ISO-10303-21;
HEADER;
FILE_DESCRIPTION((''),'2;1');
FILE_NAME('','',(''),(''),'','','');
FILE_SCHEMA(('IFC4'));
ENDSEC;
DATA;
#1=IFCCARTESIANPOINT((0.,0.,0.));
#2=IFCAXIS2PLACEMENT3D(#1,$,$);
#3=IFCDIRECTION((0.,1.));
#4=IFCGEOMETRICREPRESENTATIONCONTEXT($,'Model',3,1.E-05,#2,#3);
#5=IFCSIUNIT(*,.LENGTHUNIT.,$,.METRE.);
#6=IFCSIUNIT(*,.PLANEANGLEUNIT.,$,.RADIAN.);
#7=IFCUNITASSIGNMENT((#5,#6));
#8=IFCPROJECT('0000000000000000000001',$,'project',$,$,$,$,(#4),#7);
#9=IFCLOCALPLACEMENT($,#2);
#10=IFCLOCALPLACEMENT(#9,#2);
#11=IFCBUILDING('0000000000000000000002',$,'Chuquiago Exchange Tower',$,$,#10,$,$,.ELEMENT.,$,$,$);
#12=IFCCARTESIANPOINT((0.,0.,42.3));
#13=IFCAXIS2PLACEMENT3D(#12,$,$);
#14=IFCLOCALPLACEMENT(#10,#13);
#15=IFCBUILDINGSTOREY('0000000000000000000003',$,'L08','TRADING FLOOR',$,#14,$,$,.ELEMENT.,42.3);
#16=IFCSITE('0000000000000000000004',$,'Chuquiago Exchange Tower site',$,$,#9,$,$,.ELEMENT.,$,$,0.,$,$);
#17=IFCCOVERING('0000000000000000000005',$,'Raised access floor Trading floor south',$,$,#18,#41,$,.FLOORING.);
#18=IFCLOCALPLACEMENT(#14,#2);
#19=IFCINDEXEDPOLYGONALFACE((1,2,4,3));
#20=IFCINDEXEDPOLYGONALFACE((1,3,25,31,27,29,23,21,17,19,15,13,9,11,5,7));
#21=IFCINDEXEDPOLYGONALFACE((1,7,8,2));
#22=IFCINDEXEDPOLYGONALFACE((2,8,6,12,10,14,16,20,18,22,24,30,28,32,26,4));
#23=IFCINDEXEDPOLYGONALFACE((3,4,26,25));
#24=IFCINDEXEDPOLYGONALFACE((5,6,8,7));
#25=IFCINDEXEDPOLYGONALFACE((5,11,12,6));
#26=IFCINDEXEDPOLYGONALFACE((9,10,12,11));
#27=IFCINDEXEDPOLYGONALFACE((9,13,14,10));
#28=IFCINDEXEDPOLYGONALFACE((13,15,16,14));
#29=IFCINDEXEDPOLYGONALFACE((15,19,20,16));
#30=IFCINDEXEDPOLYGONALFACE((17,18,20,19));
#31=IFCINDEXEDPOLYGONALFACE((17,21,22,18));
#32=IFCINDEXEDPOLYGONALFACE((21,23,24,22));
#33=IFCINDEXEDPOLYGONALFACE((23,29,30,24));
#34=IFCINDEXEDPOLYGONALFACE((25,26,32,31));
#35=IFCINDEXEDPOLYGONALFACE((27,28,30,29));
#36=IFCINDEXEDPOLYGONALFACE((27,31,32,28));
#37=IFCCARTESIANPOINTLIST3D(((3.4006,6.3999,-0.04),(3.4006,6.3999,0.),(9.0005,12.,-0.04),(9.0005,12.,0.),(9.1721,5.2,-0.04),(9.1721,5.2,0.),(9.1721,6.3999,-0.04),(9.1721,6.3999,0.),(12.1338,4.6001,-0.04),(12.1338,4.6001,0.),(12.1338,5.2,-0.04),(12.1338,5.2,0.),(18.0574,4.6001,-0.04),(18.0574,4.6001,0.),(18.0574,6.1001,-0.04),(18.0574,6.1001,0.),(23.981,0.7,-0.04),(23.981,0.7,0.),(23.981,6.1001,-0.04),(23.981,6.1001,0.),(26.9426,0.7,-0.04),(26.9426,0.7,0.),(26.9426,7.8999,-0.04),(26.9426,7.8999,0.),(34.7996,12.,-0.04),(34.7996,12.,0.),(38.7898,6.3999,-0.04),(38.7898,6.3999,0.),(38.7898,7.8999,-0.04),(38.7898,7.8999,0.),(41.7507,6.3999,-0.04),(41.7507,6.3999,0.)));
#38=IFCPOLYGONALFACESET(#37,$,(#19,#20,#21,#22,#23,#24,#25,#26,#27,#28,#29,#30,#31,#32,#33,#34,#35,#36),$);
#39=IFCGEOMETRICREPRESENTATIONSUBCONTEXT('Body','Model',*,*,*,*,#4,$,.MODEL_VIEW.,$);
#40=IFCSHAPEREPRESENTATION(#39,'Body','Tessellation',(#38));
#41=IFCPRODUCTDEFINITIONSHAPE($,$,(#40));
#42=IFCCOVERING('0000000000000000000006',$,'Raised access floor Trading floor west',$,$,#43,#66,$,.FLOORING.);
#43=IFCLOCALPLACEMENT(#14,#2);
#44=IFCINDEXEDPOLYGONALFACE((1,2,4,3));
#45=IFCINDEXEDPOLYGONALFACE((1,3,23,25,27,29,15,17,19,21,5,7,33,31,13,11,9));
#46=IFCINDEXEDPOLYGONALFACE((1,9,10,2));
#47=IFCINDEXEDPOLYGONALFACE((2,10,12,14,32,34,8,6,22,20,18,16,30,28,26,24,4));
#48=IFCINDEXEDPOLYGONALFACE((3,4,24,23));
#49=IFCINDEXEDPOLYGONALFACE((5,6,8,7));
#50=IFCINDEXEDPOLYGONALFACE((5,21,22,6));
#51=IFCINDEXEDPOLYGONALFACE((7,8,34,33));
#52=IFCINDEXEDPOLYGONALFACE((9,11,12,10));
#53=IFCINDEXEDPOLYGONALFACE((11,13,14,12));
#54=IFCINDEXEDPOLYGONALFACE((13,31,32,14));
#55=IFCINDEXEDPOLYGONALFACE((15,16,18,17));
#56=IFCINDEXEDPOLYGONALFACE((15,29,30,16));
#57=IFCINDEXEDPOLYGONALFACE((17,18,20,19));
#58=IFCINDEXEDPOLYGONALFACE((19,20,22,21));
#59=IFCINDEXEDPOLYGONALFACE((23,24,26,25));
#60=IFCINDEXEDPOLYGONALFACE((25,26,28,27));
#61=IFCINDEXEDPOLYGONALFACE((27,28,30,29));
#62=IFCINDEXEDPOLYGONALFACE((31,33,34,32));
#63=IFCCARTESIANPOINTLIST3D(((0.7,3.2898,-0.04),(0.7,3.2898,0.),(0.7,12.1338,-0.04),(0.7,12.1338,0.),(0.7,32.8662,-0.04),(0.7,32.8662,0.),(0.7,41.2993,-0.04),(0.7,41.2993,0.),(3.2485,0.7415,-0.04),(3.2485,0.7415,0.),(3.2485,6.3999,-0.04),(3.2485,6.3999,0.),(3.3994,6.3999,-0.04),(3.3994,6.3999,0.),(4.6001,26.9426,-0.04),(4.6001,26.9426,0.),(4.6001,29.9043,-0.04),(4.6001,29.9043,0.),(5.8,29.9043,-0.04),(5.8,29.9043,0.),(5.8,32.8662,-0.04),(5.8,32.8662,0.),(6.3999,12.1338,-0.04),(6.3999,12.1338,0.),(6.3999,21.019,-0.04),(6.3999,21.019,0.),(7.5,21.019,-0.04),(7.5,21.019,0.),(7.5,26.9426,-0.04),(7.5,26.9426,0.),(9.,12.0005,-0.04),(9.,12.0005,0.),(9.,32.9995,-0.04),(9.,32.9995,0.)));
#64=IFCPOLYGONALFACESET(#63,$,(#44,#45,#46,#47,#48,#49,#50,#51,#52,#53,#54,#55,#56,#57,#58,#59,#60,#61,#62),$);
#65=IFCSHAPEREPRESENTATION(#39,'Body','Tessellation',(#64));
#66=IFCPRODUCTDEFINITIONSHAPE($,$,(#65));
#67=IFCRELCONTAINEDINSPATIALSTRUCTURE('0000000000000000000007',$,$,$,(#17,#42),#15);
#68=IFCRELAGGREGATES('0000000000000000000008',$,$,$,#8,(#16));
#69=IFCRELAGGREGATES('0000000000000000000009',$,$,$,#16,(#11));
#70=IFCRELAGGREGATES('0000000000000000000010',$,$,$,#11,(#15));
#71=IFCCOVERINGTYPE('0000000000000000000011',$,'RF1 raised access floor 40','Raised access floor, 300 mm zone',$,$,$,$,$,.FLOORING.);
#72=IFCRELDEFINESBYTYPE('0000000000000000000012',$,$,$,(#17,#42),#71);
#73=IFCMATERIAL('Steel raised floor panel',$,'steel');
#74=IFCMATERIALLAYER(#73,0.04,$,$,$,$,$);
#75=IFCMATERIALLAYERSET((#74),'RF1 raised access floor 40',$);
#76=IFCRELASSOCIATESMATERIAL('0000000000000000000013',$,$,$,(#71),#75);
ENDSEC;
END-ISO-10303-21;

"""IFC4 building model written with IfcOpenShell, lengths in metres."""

from ifc_helpers import new_model, si_unit, direction, frame, origin, place, context, subcontext, project, spatial, polyline, outline, extrude, material, layer, layer_set, type_object, element, save


model = new_model("IFC4")

# Units and contexts
model_context = context("Model", 3, precision=1e-05, world=origin(), true_north=direction((0.0, 1.0)))
body_context = subcontext(model_context, "Body", "Model", "MODEL_VIEW")
ifc_project = project(units=[si_unit("LENGTHUNIT", "METRE"), si_unit("PLANEANGLEUNIT", "RADIAN")], contexts=[model_context])

# Site, building, storey
site_placement = place(None, origin())
site = spatial("IfcSite", under=ifc_project, at=site_placement, Name="Chuquiago Exchange Tower site", CompositionType="ELEMENT", RefElevation=0.0)
building_placement = place(site_placement, origin())
building = spatial("IfcBuilding", under=site, at=building_placement, Name="Chuquiago Exchange Tower", CompositionType="ELEMENT")
storey_placement = place(building_placement, frame((0.0, 0.0, 42.3)))
storey = spatial("IfcBuildingStorey", under=building, at=storey_placement, Name="L08", Description="TRADING FLOOR", CompositionType="ELEMENT", Elevation=42.3)

# Coverings
ifc_material_1 = material(Name="Steel raised floor panel", Category="steel")
ifc_layer_1 = layer(ifc_material_1, 0.04)
ifc_layer_set_1 = layer_set([ifc_layer_1], Name="RF1 raised access floor 40")
covering_type_1 = type_object("IfcCoveringType", Name="RF1 raised access floor 40", Description="Raised access floor, 300 mm zone", PredefinedType="FLOORING", material=ifc_layer_set_1)
covering_1_placement = place(storey_placement, frame((0.0, 0.0, -0.04)))
element("IfcCovering", 1, at=covering_1_placement, inside=storey, type_object=covering_type_1, Name="Raised access floor Trading floor south", PredefinedType="FLOORING", context=body_context, shape_type="SweptSolid", body=[
    extrude(outline(polyline([(38.7898, 6.3999), (38.7898, 7.8999), (26.9426, 7.8999), (26.9426, 0.7), (23.981, 0.7), (23.981, 6.1001), (18.0574, 6.1001), (18.0574, 4.6001), (12.1338, 4.6001), (12.1338, 5.2), (9.1721, 5.2), (9.1721, 6.3999), (3.4006, 6.3999), (9.0005, 12.0), (34.7996, 12.0), (41.7507, 6.3999), (38.7898, 6.3999)])), origin(), (0.0, 0.0, 1.0), 0.04),
])
covering_2_placement = place(storey_placement, frame((0.0, 0.0, -0.04)))
element("IfcCovering", 2, at=covering_2_placement, inside=storey, type_object=covering_type_1, Name="Raised access floor Trading floor west", PredefinedType="FLOORING", context=body_context, shape_type="SweptSolid", body=[
    extrude(outline(polyline([(6.3999, 12.1338), (6.3999, 21.019), (7.5, 21.019), (7.5, 26.9426), (4.6001, 26.9426), (4.6001, 29.9043), (5.8, 29.9043), (5.8, 32.8662), (0.7, 32.8662), (0.7, 41.2993), (9.0, 32.9995), (9.0, 12.0005), (3.3994, 6.3999), (3.2485, 6.3999), (3.2485, 0.7415), (0.7, 3.2898), (0.7, 12.1338), (6.3999, 12.1338)])), origin(), (0.0, 0.0, 1.0), 0.04),
])

save(model, "model.ifc")
